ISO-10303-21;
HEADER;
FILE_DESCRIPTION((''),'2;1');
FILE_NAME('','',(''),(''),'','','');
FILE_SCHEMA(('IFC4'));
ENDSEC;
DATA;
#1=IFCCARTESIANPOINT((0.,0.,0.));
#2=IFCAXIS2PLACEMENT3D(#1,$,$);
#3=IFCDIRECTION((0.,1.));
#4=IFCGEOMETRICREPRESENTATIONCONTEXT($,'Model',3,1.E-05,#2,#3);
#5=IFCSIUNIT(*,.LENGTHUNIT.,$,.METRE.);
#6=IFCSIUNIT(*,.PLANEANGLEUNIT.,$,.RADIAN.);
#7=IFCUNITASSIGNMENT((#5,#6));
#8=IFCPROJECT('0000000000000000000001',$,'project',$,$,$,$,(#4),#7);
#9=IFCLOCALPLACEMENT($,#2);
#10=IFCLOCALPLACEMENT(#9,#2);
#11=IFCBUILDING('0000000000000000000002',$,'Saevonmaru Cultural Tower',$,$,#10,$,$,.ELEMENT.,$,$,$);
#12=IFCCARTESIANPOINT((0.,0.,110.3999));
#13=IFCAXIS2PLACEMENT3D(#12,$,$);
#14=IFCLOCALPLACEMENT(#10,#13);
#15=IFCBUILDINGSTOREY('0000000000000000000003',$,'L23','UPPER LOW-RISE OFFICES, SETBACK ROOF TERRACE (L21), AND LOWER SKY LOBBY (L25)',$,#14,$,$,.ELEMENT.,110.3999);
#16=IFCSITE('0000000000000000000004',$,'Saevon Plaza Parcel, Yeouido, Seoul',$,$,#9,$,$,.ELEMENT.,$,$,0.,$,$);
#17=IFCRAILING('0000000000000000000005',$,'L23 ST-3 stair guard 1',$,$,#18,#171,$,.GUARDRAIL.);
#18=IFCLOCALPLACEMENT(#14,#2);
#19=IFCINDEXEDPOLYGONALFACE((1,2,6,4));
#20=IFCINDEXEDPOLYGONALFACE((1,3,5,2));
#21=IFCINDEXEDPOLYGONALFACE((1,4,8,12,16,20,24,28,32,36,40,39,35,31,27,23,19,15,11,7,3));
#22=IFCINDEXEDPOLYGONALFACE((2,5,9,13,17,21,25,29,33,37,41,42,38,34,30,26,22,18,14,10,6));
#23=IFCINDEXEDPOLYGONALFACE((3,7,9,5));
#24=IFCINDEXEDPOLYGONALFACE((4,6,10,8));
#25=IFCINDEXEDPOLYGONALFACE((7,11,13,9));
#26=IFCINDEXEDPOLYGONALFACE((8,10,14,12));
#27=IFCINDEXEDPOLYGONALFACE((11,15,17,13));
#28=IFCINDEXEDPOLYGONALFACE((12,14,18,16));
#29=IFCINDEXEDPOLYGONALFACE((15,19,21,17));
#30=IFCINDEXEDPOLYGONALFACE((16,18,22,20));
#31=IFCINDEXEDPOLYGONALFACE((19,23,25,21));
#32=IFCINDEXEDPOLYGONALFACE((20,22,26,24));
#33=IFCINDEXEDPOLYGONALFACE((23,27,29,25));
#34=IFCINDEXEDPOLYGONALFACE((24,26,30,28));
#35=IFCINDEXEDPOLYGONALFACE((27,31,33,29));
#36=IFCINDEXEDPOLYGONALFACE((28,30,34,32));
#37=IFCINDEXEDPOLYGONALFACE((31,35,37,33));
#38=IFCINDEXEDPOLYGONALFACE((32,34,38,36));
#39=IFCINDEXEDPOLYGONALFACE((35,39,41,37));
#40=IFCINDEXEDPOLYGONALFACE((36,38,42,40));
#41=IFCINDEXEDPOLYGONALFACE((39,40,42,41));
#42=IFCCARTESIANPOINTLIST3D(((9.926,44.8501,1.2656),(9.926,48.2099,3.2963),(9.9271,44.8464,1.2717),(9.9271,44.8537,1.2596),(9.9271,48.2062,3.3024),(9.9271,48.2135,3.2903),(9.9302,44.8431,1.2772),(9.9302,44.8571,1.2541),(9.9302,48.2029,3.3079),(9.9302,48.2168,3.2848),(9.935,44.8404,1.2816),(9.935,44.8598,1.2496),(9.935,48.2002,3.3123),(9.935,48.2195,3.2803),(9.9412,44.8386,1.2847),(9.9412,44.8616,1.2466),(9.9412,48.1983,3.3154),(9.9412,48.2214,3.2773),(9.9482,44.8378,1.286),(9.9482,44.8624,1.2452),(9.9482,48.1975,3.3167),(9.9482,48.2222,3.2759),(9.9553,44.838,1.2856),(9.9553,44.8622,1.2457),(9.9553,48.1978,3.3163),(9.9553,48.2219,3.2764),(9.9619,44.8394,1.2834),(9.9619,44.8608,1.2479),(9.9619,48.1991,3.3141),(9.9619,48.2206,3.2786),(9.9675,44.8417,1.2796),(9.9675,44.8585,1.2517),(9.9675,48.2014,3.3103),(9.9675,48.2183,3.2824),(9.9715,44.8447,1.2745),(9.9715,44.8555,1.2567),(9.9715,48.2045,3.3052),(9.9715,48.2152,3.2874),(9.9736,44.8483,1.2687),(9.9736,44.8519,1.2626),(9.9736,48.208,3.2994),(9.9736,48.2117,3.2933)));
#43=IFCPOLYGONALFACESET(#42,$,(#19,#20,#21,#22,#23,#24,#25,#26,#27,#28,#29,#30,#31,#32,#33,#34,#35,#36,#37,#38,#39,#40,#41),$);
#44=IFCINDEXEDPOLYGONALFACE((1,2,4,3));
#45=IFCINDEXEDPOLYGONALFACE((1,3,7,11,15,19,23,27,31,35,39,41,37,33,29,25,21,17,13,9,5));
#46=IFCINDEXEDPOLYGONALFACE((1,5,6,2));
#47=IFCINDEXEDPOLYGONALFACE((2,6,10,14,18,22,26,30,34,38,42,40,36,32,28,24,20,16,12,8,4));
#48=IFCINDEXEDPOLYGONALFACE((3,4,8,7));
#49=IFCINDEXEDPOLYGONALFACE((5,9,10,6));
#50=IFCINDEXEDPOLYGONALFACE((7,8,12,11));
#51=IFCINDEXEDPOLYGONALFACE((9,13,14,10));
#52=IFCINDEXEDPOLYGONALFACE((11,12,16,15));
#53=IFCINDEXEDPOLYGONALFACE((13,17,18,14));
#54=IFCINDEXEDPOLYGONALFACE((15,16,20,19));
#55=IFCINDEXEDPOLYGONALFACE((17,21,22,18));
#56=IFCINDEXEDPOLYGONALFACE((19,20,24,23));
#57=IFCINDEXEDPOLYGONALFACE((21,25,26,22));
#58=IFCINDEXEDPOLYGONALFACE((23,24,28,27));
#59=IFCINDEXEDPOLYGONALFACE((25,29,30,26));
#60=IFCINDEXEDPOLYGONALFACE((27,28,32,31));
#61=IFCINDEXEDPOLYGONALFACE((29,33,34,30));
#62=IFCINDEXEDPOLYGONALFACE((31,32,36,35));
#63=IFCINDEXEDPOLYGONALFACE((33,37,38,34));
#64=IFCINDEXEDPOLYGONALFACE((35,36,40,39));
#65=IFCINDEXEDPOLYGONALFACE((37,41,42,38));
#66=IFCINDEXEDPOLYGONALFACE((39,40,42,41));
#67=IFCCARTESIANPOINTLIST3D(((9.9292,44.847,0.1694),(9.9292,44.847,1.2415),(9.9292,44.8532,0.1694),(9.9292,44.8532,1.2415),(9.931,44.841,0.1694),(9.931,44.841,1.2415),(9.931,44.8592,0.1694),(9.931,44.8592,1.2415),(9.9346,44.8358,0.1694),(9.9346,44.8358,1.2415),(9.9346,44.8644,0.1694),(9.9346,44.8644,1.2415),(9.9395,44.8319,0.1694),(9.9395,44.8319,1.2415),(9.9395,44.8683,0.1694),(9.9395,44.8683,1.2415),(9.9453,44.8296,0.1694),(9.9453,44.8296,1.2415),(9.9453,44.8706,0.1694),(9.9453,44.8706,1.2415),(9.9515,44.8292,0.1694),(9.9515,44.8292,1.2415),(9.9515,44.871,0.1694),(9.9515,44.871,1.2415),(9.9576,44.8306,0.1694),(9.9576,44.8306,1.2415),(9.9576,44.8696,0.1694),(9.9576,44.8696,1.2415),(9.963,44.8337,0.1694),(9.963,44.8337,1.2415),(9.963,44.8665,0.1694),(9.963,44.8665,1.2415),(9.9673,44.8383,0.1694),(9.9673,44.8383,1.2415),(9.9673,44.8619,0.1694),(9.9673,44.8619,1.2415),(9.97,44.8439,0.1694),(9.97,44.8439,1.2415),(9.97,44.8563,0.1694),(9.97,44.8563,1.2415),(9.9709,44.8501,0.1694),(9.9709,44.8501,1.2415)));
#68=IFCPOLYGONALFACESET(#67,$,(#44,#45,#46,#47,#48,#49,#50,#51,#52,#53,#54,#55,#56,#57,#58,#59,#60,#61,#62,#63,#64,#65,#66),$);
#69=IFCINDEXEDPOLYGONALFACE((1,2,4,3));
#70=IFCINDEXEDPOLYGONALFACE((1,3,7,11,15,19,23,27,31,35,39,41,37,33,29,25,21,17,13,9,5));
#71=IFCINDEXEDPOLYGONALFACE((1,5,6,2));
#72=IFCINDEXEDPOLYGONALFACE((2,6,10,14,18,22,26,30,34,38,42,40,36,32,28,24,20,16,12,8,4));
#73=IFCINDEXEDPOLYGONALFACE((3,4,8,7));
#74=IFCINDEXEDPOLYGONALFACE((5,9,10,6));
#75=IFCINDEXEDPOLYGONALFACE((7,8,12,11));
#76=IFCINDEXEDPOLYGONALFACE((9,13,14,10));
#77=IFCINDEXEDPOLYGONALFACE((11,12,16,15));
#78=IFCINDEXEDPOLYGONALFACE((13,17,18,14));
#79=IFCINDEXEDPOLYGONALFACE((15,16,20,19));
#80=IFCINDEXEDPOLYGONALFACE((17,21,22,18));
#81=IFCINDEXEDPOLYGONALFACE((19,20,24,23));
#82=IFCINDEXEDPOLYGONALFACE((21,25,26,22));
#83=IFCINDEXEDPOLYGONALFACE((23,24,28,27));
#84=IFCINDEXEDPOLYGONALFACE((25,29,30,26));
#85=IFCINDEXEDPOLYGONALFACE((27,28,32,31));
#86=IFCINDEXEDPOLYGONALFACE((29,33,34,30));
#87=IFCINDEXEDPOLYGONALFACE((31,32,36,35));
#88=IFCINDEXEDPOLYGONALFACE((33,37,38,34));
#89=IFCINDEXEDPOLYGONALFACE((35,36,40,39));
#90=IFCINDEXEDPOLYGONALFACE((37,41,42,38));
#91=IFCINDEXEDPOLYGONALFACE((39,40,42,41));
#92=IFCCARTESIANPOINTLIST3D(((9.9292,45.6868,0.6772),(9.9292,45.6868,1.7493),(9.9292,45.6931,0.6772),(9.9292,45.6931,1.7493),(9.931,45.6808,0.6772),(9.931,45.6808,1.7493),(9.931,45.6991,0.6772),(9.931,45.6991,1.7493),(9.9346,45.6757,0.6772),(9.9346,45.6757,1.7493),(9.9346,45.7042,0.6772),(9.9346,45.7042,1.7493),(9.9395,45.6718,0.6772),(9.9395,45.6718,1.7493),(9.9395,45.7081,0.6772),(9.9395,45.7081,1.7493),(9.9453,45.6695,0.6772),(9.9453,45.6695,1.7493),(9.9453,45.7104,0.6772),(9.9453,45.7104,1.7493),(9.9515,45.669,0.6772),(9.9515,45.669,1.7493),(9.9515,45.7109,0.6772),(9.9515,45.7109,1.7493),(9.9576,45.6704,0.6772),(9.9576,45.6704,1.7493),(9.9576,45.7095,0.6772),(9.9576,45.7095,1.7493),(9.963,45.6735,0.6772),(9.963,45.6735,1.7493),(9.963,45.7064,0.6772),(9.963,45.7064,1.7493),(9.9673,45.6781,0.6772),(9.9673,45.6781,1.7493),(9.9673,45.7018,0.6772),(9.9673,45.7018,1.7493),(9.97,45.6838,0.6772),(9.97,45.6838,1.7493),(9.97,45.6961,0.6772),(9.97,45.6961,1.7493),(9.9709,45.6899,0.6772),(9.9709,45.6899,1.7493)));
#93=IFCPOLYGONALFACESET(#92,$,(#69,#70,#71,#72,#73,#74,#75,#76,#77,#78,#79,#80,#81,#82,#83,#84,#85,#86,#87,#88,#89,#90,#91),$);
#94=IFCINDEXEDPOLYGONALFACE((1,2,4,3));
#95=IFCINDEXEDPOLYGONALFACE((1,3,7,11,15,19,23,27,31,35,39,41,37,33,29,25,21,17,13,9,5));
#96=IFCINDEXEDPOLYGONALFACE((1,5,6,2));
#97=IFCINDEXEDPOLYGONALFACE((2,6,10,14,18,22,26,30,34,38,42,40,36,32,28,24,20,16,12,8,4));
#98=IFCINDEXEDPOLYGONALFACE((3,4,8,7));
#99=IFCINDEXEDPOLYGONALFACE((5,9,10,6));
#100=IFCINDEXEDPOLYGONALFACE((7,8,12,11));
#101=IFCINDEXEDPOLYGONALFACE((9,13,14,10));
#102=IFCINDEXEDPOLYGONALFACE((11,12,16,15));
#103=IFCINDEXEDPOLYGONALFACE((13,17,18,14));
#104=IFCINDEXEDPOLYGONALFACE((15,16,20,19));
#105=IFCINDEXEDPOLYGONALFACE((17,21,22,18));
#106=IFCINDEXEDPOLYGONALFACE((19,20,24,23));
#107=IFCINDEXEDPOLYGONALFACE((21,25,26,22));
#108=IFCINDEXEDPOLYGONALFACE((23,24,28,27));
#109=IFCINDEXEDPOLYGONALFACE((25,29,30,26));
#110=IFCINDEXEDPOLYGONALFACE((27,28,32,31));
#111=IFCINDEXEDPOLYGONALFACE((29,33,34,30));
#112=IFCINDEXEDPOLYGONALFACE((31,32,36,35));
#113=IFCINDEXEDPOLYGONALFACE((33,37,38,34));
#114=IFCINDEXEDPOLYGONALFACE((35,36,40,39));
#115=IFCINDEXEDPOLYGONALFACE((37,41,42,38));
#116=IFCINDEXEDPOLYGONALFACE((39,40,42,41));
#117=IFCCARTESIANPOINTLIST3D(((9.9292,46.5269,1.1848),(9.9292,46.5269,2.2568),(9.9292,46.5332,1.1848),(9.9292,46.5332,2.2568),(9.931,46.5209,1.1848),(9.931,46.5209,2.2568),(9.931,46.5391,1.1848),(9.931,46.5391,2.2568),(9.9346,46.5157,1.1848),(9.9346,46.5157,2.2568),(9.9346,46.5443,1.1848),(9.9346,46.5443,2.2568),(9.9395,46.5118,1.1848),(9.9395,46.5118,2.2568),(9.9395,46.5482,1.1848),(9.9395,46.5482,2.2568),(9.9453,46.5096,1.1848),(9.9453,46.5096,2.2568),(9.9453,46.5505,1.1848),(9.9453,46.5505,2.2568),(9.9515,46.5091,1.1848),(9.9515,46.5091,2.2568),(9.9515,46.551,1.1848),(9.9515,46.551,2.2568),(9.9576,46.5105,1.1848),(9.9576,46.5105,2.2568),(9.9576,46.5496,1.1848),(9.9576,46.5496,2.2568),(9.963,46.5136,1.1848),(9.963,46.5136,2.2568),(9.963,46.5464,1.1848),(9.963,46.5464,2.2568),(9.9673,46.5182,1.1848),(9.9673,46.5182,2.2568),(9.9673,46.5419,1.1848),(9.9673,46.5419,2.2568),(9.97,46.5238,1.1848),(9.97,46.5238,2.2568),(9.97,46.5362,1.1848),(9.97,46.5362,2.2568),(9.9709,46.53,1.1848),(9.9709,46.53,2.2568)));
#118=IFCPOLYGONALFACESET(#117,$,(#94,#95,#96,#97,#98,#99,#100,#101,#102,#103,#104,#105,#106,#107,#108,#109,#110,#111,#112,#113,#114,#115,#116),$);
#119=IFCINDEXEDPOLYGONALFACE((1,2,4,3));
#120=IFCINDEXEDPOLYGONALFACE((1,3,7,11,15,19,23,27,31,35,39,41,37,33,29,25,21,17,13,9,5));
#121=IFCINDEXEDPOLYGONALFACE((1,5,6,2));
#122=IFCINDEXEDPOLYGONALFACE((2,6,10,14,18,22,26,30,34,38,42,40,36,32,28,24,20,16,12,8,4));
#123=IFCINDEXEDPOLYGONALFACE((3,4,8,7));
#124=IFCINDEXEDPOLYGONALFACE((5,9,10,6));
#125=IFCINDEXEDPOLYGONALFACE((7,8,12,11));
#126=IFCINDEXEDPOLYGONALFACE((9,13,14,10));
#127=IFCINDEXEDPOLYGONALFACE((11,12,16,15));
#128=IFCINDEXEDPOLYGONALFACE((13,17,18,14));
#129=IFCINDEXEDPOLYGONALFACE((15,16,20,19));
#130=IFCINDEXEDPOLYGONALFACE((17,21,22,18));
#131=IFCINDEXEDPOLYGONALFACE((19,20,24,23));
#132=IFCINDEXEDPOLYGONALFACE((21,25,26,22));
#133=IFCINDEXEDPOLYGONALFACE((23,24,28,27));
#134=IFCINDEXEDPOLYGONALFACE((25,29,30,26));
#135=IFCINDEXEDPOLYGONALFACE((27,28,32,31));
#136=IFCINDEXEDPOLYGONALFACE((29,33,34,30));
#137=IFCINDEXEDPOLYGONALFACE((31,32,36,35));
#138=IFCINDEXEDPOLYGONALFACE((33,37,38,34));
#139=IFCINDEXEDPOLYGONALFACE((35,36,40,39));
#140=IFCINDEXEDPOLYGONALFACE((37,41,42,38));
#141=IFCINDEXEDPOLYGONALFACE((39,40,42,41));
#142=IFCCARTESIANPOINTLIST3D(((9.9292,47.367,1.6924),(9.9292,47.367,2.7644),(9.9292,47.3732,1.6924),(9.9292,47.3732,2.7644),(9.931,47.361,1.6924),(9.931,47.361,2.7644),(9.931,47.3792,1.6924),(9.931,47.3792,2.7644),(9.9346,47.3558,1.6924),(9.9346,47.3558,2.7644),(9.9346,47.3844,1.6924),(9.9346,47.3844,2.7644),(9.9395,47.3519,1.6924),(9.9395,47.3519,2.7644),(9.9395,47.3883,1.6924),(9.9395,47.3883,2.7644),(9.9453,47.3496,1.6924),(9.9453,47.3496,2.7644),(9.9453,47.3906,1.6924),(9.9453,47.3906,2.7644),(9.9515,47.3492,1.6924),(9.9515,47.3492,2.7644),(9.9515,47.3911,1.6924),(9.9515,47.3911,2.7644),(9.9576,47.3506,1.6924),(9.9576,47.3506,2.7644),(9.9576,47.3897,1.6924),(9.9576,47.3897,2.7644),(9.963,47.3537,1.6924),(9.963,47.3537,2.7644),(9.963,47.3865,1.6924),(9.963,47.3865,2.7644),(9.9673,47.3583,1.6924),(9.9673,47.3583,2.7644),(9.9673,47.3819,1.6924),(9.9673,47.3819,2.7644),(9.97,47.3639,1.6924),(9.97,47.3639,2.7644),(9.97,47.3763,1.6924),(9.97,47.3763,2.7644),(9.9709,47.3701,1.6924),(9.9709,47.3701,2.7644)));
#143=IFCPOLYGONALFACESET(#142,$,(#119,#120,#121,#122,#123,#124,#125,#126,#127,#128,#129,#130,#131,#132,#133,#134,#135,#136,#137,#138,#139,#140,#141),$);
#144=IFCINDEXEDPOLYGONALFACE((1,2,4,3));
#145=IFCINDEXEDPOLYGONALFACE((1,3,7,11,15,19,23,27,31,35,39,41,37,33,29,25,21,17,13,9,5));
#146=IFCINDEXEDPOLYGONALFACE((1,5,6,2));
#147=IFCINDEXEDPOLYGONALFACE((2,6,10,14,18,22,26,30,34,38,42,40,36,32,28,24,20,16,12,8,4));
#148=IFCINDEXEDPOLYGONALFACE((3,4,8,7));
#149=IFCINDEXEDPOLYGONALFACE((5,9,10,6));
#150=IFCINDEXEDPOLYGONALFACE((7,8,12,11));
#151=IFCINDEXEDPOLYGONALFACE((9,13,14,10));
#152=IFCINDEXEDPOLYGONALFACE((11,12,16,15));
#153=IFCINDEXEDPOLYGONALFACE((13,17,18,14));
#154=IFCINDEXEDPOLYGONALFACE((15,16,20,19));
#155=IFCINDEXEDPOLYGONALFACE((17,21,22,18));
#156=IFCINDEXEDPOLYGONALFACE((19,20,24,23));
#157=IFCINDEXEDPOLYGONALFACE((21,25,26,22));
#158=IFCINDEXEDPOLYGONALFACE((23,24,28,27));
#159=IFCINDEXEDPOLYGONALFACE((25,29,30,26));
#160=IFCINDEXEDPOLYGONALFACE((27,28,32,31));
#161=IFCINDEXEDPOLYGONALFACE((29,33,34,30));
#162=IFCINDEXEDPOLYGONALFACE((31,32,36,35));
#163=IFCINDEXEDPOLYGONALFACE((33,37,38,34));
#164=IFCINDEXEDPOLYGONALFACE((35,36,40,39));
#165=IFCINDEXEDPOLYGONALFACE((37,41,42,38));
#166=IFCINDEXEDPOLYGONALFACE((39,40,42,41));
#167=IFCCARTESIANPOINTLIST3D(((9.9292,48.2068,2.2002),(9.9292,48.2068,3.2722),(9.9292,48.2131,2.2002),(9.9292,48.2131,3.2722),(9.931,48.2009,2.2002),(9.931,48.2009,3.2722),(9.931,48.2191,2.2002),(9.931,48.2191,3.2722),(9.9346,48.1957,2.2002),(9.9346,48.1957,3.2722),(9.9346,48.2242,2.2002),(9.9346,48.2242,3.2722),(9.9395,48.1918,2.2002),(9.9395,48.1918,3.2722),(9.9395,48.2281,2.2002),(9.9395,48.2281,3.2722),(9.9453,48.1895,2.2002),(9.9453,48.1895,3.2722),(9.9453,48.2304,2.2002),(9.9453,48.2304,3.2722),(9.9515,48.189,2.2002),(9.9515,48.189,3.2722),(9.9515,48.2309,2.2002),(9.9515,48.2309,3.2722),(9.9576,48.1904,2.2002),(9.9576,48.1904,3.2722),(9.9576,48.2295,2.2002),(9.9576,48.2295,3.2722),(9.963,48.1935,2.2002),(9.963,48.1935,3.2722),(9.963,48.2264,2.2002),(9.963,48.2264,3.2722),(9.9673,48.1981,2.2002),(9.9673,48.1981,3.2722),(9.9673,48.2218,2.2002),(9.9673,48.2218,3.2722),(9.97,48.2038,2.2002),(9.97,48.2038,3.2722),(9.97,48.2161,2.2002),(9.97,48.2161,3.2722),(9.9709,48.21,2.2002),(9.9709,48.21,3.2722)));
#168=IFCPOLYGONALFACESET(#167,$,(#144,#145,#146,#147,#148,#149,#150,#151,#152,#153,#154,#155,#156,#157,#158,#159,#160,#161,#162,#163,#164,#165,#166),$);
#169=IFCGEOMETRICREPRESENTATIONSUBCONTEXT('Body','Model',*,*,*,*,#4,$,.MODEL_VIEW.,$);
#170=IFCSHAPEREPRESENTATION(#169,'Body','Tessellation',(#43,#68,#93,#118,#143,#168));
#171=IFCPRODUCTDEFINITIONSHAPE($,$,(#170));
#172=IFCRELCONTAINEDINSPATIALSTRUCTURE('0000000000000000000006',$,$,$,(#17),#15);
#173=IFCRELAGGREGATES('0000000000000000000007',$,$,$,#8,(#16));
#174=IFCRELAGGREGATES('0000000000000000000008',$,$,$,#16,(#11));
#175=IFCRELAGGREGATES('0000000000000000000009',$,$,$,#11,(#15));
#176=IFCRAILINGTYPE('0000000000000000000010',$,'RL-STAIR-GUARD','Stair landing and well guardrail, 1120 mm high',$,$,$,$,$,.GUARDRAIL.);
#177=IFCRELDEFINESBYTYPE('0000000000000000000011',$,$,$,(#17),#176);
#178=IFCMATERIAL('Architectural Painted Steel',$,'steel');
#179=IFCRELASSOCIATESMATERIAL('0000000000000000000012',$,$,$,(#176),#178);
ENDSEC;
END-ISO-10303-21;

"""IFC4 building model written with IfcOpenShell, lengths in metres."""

from ifc_helpers import new_model, si_unit, direction, frame, origin, origin_2d, place, context, subcontext, project, spatial, circle, extrude, material, type_object, element, save


model = new_model("IFC4")

# Units and contexts
model_context = context("Model", 3, precision=1e-05, world=origin(), true_north=direction((0.0, 1.0)))
body_context = subcontext(model_context, "Body", "Model", "MODEL_VIEW")
ifc_project = project(units=[si_unit("LENGTHUNIT", "METRE"), si_unit("PLANEANGLEUNIT", "RADIAN")], contexts=[model_context])

# Site, building, storey
site_placement = place(None, origin())
site = spatial("IfcSite", under=ifc_project, at=site_placement, Name="Saevon Plaza Parcel, Yeouido, Seoul", CompositionType="ELEMENT", RefElevation=0.0)
building_placement = place(site_placement, origin())
building = spatial("IfcBuilding", under=site, at=building_placement, Name="Saevonmaru Cultural Tower", CompositionType="ELEMENT")
storey_placement = place(building_placement, frame((0.0, 0.0, 110.3999)))
storey = spatial("IfcBuildingStorey", under=building, at=storey_placement, Name="L23", Description="UPPER LOW-RISE OFFICES, SETBACK ROOF TERRACE (L21), AND LOWER SKY LOBBY (L25)", CompositionType="ELEMENT", Elevation=110.3999)

# Railing
ifc_material_1 = material(Name="Architectural Painted Steel", Category="steel")
railing_type_1 = type_object("IfcRailingType", Name="RL-STAIR-GUARD", Description="Stair landing and well guardrail, 1120 mm high", PredefinedType="GUARDRAIL", material=ifc_material_1)
railing_1_placement = place(storey_placement, frame((9.95, 44.8501, 0.1694)))
element("IfcRailing", 1, at=railing_1_placement, inside=storey, type_object=railing_type_1, Name="L23 ST-3 stair guard 1", PredefinedType="GUARDRAIL", context=body_context, shape_type="SweptSolid", body=[
    extrude(circle(Radius=0.0239, at=origin_2d()), frame((0.0, 0.0, 1.0962), z_axis=(0.0, 0.85582, 0.517273), x_axis=(-1.0, 0.0, 0.0)), (0.0, 0.0, 1.0), 3.9258),
    extrude(circle(Radius=0.021, at=origin_2d()), origin(), (0.0, 0.0, 1.0), 1.072),
    extrude(circle(Radius=0.021, at=origin_2d()), frame((0.0, 0.8398, 0.5078)), (0.0, 0.0, 1.0), 1.072),
    extrude(circle(Radius=0.021, at=origin_2d()), frame((0.0, 1.6799, 1.0154)), (0.0, 0.0, 1.0), 1.072),
    extrude(circle(Radius=0.021, at=origin_2d()), frame((0.0, 2.52, 1.5229)), (0.0, 0.0, 1.0), 1.072),
    extrude(circle(Radius=0.021, at=origin_2d()), frame((0.0, 3.3599, 2.0308)), (0.0, 0.0, 1.0), 1.072),
])

save(model, "model.ifc")
